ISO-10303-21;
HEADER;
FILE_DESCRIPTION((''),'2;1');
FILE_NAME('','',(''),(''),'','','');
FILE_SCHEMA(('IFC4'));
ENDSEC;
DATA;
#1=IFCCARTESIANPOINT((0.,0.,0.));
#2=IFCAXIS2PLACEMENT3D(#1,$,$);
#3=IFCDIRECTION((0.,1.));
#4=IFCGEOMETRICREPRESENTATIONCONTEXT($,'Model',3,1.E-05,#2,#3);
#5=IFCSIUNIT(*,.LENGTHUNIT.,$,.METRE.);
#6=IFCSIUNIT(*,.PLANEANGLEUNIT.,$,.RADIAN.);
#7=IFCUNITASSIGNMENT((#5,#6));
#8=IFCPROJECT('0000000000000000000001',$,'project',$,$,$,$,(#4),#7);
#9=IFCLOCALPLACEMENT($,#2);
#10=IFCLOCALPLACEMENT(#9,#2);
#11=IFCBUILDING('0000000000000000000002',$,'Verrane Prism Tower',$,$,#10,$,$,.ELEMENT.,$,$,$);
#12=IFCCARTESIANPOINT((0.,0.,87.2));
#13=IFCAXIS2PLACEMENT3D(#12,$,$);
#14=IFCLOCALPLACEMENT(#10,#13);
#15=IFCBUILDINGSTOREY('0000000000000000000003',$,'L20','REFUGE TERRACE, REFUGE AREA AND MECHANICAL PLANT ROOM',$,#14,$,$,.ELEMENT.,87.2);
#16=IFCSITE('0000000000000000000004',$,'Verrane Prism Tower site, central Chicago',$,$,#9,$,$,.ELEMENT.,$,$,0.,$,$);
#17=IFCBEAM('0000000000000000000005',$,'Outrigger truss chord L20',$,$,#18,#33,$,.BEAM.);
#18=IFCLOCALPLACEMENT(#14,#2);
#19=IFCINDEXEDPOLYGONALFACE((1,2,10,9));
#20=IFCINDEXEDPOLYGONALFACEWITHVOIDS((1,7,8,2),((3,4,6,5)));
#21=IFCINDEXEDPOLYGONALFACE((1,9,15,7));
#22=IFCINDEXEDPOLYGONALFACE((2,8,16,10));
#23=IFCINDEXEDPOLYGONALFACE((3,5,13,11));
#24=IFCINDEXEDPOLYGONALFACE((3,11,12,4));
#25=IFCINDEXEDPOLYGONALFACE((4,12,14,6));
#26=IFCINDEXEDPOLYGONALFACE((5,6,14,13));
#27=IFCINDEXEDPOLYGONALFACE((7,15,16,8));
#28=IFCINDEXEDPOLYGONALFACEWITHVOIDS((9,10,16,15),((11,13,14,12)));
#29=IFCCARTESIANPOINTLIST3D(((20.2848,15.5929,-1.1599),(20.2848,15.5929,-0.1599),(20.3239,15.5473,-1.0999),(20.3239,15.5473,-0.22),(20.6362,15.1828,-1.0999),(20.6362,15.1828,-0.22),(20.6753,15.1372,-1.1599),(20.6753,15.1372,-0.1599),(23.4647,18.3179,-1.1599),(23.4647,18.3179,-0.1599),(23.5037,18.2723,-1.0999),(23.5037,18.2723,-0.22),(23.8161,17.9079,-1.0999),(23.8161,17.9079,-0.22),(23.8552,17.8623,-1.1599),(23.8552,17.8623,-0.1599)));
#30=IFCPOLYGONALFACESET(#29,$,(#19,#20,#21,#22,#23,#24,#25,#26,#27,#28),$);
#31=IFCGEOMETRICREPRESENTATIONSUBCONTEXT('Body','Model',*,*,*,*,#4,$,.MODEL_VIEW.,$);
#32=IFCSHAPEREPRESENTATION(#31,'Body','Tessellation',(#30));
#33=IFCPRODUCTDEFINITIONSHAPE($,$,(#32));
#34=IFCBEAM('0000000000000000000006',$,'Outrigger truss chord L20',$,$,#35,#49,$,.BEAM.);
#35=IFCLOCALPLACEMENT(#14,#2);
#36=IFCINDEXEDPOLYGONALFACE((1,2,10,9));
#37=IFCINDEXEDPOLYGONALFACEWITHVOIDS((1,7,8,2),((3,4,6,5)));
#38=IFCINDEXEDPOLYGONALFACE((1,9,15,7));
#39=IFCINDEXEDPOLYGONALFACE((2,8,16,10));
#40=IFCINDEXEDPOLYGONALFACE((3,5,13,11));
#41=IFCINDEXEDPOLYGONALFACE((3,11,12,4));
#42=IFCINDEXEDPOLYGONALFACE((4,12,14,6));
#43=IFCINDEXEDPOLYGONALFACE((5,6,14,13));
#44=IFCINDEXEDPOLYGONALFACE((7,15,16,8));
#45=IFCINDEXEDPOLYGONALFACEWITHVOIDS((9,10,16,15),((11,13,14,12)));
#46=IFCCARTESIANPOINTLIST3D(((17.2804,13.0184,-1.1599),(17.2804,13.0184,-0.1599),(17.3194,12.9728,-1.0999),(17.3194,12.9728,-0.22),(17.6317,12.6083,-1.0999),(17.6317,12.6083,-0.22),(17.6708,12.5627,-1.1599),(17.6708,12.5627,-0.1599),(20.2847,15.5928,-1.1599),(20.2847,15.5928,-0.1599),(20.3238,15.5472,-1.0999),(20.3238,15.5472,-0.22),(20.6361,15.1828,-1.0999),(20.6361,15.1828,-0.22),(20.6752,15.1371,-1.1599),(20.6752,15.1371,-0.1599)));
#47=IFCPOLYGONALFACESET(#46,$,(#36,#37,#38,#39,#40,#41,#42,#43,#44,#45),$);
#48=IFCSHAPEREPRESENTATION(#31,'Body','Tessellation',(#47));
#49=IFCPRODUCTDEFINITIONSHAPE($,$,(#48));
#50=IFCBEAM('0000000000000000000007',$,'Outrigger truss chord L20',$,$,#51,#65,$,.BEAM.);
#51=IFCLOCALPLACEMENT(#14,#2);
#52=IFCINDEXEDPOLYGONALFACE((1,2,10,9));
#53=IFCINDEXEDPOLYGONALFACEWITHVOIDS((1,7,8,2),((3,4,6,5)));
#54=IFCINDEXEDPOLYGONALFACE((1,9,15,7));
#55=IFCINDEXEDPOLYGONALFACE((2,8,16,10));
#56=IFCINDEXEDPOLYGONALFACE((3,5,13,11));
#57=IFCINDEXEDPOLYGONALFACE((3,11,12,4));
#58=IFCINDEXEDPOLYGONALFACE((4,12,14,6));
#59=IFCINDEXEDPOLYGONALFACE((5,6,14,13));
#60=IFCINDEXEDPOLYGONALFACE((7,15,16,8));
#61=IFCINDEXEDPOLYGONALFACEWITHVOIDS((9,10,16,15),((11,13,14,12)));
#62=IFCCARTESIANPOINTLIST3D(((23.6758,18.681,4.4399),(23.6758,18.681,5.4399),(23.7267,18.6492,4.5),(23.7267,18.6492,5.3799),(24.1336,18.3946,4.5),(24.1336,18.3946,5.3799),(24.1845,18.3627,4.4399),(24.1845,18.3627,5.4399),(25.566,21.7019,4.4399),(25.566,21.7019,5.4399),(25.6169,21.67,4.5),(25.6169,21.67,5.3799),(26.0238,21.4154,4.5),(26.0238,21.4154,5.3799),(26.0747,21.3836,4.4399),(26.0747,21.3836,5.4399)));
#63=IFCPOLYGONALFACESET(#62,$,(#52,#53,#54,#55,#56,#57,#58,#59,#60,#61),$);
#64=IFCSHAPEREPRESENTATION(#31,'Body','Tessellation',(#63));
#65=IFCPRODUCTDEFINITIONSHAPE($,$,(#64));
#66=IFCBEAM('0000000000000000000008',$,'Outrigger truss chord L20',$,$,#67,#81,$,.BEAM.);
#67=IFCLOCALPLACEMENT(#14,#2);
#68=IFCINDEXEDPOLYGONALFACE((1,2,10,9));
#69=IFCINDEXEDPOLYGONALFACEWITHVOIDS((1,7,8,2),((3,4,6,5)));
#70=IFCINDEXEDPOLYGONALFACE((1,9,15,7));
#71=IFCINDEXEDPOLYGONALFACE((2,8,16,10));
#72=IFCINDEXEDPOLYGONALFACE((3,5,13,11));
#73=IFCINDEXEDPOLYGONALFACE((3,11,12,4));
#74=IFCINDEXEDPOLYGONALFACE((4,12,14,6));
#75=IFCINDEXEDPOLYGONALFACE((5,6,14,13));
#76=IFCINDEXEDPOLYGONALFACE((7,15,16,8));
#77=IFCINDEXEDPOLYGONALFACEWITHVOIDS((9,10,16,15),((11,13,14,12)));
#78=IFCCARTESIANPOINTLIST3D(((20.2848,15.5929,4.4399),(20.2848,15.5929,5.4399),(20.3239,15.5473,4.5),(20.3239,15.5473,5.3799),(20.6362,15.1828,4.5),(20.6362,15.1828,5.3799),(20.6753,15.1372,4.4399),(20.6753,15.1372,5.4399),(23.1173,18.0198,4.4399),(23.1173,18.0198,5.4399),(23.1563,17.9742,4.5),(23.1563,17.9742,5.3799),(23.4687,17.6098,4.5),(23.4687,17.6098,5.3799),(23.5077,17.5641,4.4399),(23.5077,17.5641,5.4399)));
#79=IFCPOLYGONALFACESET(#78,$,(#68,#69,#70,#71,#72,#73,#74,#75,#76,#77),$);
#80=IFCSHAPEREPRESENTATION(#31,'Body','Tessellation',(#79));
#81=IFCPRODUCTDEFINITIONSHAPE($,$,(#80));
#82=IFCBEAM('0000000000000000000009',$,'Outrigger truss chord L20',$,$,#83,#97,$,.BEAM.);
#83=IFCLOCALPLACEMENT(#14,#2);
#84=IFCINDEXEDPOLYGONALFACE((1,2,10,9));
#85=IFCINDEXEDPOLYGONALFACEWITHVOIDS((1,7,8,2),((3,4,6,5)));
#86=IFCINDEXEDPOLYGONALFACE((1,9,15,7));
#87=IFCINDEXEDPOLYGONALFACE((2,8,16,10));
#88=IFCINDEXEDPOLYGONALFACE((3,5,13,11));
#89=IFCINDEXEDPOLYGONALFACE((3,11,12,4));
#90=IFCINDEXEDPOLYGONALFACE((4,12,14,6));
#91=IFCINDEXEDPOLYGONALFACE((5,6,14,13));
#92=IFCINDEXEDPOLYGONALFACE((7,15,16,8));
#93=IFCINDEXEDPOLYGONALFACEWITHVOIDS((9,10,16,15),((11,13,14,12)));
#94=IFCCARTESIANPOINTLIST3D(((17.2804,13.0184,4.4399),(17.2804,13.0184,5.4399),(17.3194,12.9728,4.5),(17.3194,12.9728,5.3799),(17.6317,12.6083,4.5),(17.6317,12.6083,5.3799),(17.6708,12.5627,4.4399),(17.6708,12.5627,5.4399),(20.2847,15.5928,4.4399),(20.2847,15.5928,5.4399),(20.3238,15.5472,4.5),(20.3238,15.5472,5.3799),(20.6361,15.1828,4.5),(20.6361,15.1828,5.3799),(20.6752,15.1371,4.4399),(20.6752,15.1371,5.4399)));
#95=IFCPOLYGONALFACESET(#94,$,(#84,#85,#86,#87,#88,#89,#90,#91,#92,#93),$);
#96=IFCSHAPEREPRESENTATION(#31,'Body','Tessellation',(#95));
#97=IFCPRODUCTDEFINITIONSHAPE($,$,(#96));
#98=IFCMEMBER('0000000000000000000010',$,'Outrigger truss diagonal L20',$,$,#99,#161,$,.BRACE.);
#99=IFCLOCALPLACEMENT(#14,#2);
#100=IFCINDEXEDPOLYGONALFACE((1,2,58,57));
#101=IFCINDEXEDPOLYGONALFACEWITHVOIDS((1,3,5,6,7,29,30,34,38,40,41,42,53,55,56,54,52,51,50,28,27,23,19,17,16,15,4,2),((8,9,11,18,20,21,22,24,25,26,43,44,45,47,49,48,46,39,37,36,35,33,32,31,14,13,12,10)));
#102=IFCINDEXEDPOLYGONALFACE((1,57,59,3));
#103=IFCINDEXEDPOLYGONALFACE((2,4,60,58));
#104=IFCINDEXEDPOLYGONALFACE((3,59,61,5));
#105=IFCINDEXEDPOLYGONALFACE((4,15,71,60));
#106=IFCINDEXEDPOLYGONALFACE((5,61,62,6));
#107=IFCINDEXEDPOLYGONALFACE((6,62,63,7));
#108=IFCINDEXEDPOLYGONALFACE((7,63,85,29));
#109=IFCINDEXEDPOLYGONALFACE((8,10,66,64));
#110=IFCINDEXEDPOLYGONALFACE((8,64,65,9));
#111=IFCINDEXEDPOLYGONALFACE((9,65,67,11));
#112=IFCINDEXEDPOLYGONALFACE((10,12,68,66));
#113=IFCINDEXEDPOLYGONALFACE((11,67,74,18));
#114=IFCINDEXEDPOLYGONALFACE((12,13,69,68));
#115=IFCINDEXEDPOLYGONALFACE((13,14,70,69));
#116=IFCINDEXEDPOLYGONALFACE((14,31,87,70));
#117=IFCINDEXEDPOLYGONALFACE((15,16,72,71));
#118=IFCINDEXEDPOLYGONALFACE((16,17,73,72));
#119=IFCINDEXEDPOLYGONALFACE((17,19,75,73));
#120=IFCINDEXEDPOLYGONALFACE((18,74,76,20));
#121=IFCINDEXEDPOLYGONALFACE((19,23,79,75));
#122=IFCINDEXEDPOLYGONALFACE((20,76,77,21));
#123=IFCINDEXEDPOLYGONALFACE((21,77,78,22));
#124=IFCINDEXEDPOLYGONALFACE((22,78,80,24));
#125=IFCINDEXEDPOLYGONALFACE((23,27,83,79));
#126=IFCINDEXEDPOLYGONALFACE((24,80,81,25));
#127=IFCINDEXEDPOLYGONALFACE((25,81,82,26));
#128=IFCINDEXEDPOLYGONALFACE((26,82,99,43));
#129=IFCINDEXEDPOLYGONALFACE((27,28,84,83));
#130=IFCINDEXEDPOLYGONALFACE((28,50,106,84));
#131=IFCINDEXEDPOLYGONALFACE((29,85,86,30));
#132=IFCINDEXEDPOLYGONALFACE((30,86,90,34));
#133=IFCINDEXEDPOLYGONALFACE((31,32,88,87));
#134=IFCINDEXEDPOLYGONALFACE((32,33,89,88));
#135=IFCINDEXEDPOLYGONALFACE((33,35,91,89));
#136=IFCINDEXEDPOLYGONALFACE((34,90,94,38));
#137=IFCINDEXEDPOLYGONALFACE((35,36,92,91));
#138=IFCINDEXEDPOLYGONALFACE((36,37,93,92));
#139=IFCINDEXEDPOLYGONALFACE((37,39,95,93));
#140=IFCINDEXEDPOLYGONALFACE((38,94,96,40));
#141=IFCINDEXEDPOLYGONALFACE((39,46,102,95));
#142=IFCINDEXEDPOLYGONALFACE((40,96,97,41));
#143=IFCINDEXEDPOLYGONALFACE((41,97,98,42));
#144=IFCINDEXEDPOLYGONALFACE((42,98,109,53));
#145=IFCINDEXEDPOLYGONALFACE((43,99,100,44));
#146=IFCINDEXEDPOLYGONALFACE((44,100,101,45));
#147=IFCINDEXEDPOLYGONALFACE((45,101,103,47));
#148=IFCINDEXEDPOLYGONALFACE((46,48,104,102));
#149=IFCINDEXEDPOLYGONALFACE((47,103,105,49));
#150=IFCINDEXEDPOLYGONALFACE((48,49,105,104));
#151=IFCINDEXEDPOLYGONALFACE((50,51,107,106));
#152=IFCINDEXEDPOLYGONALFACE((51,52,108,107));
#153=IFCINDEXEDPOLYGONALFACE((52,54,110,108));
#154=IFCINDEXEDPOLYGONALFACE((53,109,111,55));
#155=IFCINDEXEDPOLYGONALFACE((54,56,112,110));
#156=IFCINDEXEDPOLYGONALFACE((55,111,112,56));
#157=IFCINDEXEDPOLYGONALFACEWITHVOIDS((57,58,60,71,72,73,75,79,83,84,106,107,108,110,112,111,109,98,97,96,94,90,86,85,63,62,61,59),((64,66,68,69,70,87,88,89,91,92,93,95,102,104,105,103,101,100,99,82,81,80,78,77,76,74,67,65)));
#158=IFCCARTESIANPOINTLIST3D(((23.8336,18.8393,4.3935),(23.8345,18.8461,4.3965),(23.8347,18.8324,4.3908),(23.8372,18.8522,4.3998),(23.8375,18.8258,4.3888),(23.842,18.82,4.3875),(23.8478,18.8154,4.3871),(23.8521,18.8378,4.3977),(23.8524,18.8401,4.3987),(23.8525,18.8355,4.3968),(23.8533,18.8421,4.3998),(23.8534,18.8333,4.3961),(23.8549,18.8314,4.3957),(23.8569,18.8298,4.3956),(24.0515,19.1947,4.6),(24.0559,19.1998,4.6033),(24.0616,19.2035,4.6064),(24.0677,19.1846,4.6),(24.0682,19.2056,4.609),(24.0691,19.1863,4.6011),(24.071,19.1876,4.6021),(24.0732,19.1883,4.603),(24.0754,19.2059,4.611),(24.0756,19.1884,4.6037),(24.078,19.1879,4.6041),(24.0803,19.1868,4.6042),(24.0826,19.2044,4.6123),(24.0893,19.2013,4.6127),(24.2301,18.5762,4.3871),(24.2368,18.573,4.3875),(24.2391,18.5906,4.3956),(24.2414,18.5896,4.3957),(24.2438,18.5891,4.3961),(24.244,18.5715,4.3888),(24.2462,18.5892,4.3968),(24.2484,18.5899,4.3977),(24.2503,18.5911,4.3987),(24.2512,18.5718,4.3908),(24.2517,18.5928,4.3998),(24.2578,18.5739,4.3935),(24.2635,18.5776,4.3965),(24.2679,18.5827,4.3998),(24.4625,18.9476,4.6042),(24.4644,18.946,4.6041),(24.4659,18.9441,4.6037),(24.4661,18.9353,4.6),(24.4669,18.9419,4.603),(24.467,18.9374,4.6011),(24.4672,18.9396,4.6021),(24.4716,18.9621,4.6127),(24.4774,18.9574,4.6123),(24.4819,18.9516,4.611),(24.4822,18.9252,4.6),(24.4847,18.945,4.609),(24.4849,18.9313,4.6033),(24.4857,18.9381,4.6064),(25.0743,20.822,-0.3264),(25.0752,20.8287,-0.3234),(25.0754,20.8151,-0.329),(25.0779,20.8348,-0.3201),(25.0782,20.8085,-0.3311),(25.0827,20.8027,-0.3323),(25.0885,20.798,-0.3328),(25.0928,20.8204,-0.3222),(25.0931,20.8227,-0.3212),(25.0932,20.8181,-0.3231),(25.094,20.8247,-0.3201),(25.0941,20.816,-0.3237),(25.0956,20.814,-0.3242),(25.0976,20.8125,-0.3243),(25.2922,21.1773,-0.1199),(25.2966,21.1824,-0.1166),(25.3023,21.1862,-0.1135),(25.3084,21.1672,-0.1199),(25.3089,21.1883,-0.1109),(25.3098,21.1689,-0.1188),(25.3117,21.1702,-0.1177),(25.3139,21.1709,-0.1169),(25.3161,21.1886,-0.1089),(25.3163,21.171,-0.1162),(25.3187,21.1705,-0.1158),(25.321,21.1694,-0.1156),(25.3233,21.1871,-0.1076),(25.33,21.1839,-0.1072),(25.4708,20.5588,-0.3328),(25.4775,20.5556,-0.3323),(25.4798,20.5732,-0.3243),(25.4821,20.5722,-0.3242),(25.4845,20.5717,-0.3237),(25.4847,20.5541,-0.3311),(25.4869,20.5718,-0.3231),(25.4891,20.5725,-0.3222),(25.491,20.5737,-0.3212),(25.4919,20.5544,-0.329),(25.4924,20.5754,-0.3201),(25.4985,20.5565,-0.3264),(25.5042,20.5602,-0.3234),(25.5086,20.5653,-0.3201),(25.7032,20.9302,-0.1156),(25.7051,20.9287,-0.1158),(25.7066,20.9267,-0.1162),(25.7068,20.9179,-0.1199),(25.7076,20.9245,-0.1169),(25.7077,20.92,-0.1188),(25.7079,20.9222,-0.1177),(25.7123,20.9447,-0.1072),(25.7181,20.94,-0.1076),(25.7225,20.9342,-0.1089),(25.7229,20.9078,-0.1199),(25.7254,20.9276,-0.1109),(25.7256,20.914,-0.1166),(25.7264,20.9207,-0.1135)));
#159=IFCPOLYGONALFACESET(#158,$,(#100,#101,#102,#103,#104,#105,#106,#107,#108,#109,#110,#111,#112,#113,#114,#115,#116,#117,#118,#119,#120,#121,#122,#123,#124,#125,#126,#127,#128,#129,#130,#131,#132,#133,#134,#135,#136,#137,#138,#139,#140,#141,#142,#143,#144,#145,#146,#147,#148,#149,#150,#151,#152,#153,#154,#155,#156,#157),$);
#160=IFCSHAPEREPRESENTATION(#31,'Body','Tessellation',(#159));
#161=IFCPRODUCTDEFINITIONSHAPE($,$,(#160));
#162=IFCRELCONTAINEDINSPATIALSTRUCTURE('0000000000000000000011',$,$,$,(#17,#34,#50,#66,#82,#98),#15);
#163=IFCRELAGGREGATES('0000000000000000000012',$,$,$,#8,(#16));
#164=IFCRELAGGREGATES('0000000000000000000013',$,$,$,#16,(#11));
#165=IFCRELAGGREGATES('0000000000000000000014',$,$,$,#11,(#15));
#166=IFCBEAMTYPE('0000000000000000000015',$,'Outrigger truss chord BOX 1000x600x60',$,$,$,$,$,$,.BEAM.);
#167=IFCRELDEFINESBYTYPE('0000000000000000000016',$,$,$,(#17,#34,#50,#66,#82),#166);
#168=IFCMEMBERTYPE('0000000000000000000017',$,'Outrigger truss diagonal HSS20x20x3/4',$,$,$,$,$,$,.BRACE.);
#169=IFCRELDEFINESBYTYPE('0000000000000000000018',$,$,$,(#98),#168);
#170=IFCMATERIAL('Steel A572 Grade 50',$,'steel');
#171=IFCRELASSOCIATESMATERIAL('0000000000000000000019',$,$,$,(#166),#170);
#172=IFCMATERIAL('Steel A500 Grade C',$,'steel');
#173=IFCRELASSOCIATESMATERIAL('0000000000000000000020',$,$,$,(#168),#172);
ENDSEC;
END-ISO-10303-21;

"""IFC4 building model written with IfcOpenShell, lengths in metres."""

from ifc_helpers import new_model, si_unit, direction, frame, origin, origin_2d, place, context, subcontext, project, spatial, hollow_rectangle, extrude, material, material_profile, profile_set, type_object, element, save


model = new_model("IFC4")

# Units and contexts
model_context = context("Model", 3, precision=1e-05, world=origin(), true_north=direction((0.0, 1.0)))
body_context = subcontext(model_context, "Body", "Model", "MODEL_VIEW")
ifc_project = project(units=[si_unit("LENGTHUNIT", "METRE"), si_unit("PLANEANGLEUNIT", "RADIAN")], contexts=[model_context])

# Site, building, storey
site_placement = place(None, origin())
site = spatial("IfcSite", under=ifc_project, at=site_placement, Name="Verrane Prism Tower site, central Chicago", CompositionType="ELEMENT", RefElevation=0.0)
building_placement = place(site_placement, origin())
building = spatial("IfcBuilding", under=site, at=building_placement, Name="Verrane Prism Tower", CompositionType="ELEMENT")
storey_placement = place(building_placement, frame((0.0, 0.0, 87.2)))
storey = spatial("IfcBuildingStorey", under=building, at=storey_placement, Name="L20", Description="REFUGE TERRACE, REFUGE AREA AND MECHANICAL PLANT ROOM", CompositionType="ELEMENT", Elevation=87.2)

# Beams
ifc_material_1 = material(Name="Steel A572 Grade 50", Category="steel")
ifc_material_profile_1 = material_profile(ifc_material_1, hollow_rectangle(XDim=0.6001, YDim=1.0, WallThickness=0.0601, at=origin_2d()), Name="BOX 1000x600x60")
ifc_profile_set_1 = profile_set([ifc_material_profile_1], Name="Steel A572 Grade 50")
beam_type_1 = type_object("IfcBeamType", Name="Outrigger truss chord BOX 1000x600x60", PredefinedType="BEAM", material=ifc_profile_set_1)
beam_1_placement = place(storey_placement, frame((23.6599, 18.0901, -0.6599), z_axis=(-0.759322, -0.650715, 0.0), x_axis=(0.650715, -0.759322, 0.0)))
element("IfcBeam", 1, at=beam_1_placement, inside=storey, type_object=beam_type_1, Name="Outrigger truss chord L20", PredefinedType="BEAM", context=body_context, shape_type="SweptSolid", body=[
    extrude(hollow_rectangle(XDim=0.6001, YDim=1.0, WallThickness=0.0601, at=origin_2d()), origin(), (0.0, 0.0, 1.0), 4.1877),
])
beam_2_placement = place(storey_placement, frame((20.48, 15.365, -0.6599), z_axis=(-0.759348, -0.650685, 0.0), x_axis=(0.650685, -0.759348, 0.0)))
element("IfcBeam", 2, at=beam_2_placement, inside=storey, type_object=beam_type_1, Name="Outrigger truss chord L20", PredefinedType="BEAM", context=body_context, shape_type="SweptSolid", body=[
    extrude(hollow_rectangle(XDim=0.6001, YDim=1.0, WallThickness=0.0601, at=origin_2d()), origin(), (0.0, 0.0, 1.0), 3.9565),
])
beam_3_placement = place(storey_placement, frame((25.8203, 21.5427, 4.9399), z_axis=(-0.530436, -0.847725, 0.0), x_axis=(0.847725, -0.530436, 0.0)))
element("IfcBeam", 3, at=beam_3_placement, inside=storey, type_object=beam_type_1, Name="Outrigger truss chord L20", PredefinedType="BEAM", context=body_context, shape_type="SweptSolid", body=[
    extrude(hollow_rectangle(XDim=0.6001, YDim=1.0, WallThickness=0.0601, at=origin_2d()), origin(), (0.0, 0.0, 1.0), 3.5635),
])
beam_4_placement = place(storey_placement, frame((23.3125, 17.792, 4.9399), z_axis=(-0.759372, -0.650657, 0.0), x_axis=(0.650657, -0.759372, 0.0)))
element("IfcBeam", 4, at=beam_4_placement, inside=storey, type_object=beam_type_1, Name="Outrigger truss chord L20", PredefinedType="BEAM", context=body_context, shape_type="SweptSolid", body=[
    extrude(hollow_rectangle(XDim=0.6001, YDim=1.0, WallThickness=0.0601, at=origin_2d()), origin(), (0.0, 0.0, 1.0), 3.73),
])
beam_5_placement = place(storey_placement, frame((20.48, 15.365, 4.9399), z_axis=(-0.759348, -0.650685, 0.0), x_axis=(0.650685, -0.759348, 0.0)))
element("IfcBeam", 5, at=beam_5_placement, inside=storey, type_object=beam_type_1, Name="Outrigger truss chord L20", PredefinedType="BEAM", context=body_context, shape_type="SweptSolid", body=[
    extrude(hollow_rectangle(XDim=0.6001, YDim=1.0, WallThickness=0.0601, at=origin_2d()), origin(), (0.0, 0.0, 1.0), 3.9565),
])

# Member
ifc_material_2 = material(Name="Steel A500 Grade C", Category="steel")
ifc_material_profile_2 = material_profile(ifc_material_2, hollow_rectangle(XDim=0.5081, YDim=0.5081, WallThickness=0.019, InnerFilletRadius=0.0095, OuterFilletRadius=0.0286, at=origin_2d()), Name="HSS20x20x3/4")
ifc_profile_set_2 = profile_set([ifc_material_profile_2], Name="Steel A500 Grade C")
member_type_1 = type_object("IfcMemberType", Name="Outrigger truss diagonal HSS20x20x3/4", PredefinedType="BRACE", material=ifc_profile_set_2)
member_1_placement = place(storey_placement, frame((25.4004, 20.8713, -0.22), z_axis=(-0.235535, -0.376383, 0.896024), x_axis=(0.847699, -0.530477, 0.0)))
element("IfcMember", 6, at=member_1_placement, inside=storey, type_object=member_type_1, Name="Outrigger truss diagonal L20", PredefinedType="BRACE", context=body_context, shape_type="SweptSolid", body=[
    extrude(hollow_rectangle(XDim=0.5081, YDim=0.5081, WallThickness=0.019, InnerFilletRadius=0.0095, OuterFilletRadius=0.0286, at=origin_2d()), origin(), (0.0, 0.0, 1.0), 5.2676),
])

save(model, "model.ifc")
